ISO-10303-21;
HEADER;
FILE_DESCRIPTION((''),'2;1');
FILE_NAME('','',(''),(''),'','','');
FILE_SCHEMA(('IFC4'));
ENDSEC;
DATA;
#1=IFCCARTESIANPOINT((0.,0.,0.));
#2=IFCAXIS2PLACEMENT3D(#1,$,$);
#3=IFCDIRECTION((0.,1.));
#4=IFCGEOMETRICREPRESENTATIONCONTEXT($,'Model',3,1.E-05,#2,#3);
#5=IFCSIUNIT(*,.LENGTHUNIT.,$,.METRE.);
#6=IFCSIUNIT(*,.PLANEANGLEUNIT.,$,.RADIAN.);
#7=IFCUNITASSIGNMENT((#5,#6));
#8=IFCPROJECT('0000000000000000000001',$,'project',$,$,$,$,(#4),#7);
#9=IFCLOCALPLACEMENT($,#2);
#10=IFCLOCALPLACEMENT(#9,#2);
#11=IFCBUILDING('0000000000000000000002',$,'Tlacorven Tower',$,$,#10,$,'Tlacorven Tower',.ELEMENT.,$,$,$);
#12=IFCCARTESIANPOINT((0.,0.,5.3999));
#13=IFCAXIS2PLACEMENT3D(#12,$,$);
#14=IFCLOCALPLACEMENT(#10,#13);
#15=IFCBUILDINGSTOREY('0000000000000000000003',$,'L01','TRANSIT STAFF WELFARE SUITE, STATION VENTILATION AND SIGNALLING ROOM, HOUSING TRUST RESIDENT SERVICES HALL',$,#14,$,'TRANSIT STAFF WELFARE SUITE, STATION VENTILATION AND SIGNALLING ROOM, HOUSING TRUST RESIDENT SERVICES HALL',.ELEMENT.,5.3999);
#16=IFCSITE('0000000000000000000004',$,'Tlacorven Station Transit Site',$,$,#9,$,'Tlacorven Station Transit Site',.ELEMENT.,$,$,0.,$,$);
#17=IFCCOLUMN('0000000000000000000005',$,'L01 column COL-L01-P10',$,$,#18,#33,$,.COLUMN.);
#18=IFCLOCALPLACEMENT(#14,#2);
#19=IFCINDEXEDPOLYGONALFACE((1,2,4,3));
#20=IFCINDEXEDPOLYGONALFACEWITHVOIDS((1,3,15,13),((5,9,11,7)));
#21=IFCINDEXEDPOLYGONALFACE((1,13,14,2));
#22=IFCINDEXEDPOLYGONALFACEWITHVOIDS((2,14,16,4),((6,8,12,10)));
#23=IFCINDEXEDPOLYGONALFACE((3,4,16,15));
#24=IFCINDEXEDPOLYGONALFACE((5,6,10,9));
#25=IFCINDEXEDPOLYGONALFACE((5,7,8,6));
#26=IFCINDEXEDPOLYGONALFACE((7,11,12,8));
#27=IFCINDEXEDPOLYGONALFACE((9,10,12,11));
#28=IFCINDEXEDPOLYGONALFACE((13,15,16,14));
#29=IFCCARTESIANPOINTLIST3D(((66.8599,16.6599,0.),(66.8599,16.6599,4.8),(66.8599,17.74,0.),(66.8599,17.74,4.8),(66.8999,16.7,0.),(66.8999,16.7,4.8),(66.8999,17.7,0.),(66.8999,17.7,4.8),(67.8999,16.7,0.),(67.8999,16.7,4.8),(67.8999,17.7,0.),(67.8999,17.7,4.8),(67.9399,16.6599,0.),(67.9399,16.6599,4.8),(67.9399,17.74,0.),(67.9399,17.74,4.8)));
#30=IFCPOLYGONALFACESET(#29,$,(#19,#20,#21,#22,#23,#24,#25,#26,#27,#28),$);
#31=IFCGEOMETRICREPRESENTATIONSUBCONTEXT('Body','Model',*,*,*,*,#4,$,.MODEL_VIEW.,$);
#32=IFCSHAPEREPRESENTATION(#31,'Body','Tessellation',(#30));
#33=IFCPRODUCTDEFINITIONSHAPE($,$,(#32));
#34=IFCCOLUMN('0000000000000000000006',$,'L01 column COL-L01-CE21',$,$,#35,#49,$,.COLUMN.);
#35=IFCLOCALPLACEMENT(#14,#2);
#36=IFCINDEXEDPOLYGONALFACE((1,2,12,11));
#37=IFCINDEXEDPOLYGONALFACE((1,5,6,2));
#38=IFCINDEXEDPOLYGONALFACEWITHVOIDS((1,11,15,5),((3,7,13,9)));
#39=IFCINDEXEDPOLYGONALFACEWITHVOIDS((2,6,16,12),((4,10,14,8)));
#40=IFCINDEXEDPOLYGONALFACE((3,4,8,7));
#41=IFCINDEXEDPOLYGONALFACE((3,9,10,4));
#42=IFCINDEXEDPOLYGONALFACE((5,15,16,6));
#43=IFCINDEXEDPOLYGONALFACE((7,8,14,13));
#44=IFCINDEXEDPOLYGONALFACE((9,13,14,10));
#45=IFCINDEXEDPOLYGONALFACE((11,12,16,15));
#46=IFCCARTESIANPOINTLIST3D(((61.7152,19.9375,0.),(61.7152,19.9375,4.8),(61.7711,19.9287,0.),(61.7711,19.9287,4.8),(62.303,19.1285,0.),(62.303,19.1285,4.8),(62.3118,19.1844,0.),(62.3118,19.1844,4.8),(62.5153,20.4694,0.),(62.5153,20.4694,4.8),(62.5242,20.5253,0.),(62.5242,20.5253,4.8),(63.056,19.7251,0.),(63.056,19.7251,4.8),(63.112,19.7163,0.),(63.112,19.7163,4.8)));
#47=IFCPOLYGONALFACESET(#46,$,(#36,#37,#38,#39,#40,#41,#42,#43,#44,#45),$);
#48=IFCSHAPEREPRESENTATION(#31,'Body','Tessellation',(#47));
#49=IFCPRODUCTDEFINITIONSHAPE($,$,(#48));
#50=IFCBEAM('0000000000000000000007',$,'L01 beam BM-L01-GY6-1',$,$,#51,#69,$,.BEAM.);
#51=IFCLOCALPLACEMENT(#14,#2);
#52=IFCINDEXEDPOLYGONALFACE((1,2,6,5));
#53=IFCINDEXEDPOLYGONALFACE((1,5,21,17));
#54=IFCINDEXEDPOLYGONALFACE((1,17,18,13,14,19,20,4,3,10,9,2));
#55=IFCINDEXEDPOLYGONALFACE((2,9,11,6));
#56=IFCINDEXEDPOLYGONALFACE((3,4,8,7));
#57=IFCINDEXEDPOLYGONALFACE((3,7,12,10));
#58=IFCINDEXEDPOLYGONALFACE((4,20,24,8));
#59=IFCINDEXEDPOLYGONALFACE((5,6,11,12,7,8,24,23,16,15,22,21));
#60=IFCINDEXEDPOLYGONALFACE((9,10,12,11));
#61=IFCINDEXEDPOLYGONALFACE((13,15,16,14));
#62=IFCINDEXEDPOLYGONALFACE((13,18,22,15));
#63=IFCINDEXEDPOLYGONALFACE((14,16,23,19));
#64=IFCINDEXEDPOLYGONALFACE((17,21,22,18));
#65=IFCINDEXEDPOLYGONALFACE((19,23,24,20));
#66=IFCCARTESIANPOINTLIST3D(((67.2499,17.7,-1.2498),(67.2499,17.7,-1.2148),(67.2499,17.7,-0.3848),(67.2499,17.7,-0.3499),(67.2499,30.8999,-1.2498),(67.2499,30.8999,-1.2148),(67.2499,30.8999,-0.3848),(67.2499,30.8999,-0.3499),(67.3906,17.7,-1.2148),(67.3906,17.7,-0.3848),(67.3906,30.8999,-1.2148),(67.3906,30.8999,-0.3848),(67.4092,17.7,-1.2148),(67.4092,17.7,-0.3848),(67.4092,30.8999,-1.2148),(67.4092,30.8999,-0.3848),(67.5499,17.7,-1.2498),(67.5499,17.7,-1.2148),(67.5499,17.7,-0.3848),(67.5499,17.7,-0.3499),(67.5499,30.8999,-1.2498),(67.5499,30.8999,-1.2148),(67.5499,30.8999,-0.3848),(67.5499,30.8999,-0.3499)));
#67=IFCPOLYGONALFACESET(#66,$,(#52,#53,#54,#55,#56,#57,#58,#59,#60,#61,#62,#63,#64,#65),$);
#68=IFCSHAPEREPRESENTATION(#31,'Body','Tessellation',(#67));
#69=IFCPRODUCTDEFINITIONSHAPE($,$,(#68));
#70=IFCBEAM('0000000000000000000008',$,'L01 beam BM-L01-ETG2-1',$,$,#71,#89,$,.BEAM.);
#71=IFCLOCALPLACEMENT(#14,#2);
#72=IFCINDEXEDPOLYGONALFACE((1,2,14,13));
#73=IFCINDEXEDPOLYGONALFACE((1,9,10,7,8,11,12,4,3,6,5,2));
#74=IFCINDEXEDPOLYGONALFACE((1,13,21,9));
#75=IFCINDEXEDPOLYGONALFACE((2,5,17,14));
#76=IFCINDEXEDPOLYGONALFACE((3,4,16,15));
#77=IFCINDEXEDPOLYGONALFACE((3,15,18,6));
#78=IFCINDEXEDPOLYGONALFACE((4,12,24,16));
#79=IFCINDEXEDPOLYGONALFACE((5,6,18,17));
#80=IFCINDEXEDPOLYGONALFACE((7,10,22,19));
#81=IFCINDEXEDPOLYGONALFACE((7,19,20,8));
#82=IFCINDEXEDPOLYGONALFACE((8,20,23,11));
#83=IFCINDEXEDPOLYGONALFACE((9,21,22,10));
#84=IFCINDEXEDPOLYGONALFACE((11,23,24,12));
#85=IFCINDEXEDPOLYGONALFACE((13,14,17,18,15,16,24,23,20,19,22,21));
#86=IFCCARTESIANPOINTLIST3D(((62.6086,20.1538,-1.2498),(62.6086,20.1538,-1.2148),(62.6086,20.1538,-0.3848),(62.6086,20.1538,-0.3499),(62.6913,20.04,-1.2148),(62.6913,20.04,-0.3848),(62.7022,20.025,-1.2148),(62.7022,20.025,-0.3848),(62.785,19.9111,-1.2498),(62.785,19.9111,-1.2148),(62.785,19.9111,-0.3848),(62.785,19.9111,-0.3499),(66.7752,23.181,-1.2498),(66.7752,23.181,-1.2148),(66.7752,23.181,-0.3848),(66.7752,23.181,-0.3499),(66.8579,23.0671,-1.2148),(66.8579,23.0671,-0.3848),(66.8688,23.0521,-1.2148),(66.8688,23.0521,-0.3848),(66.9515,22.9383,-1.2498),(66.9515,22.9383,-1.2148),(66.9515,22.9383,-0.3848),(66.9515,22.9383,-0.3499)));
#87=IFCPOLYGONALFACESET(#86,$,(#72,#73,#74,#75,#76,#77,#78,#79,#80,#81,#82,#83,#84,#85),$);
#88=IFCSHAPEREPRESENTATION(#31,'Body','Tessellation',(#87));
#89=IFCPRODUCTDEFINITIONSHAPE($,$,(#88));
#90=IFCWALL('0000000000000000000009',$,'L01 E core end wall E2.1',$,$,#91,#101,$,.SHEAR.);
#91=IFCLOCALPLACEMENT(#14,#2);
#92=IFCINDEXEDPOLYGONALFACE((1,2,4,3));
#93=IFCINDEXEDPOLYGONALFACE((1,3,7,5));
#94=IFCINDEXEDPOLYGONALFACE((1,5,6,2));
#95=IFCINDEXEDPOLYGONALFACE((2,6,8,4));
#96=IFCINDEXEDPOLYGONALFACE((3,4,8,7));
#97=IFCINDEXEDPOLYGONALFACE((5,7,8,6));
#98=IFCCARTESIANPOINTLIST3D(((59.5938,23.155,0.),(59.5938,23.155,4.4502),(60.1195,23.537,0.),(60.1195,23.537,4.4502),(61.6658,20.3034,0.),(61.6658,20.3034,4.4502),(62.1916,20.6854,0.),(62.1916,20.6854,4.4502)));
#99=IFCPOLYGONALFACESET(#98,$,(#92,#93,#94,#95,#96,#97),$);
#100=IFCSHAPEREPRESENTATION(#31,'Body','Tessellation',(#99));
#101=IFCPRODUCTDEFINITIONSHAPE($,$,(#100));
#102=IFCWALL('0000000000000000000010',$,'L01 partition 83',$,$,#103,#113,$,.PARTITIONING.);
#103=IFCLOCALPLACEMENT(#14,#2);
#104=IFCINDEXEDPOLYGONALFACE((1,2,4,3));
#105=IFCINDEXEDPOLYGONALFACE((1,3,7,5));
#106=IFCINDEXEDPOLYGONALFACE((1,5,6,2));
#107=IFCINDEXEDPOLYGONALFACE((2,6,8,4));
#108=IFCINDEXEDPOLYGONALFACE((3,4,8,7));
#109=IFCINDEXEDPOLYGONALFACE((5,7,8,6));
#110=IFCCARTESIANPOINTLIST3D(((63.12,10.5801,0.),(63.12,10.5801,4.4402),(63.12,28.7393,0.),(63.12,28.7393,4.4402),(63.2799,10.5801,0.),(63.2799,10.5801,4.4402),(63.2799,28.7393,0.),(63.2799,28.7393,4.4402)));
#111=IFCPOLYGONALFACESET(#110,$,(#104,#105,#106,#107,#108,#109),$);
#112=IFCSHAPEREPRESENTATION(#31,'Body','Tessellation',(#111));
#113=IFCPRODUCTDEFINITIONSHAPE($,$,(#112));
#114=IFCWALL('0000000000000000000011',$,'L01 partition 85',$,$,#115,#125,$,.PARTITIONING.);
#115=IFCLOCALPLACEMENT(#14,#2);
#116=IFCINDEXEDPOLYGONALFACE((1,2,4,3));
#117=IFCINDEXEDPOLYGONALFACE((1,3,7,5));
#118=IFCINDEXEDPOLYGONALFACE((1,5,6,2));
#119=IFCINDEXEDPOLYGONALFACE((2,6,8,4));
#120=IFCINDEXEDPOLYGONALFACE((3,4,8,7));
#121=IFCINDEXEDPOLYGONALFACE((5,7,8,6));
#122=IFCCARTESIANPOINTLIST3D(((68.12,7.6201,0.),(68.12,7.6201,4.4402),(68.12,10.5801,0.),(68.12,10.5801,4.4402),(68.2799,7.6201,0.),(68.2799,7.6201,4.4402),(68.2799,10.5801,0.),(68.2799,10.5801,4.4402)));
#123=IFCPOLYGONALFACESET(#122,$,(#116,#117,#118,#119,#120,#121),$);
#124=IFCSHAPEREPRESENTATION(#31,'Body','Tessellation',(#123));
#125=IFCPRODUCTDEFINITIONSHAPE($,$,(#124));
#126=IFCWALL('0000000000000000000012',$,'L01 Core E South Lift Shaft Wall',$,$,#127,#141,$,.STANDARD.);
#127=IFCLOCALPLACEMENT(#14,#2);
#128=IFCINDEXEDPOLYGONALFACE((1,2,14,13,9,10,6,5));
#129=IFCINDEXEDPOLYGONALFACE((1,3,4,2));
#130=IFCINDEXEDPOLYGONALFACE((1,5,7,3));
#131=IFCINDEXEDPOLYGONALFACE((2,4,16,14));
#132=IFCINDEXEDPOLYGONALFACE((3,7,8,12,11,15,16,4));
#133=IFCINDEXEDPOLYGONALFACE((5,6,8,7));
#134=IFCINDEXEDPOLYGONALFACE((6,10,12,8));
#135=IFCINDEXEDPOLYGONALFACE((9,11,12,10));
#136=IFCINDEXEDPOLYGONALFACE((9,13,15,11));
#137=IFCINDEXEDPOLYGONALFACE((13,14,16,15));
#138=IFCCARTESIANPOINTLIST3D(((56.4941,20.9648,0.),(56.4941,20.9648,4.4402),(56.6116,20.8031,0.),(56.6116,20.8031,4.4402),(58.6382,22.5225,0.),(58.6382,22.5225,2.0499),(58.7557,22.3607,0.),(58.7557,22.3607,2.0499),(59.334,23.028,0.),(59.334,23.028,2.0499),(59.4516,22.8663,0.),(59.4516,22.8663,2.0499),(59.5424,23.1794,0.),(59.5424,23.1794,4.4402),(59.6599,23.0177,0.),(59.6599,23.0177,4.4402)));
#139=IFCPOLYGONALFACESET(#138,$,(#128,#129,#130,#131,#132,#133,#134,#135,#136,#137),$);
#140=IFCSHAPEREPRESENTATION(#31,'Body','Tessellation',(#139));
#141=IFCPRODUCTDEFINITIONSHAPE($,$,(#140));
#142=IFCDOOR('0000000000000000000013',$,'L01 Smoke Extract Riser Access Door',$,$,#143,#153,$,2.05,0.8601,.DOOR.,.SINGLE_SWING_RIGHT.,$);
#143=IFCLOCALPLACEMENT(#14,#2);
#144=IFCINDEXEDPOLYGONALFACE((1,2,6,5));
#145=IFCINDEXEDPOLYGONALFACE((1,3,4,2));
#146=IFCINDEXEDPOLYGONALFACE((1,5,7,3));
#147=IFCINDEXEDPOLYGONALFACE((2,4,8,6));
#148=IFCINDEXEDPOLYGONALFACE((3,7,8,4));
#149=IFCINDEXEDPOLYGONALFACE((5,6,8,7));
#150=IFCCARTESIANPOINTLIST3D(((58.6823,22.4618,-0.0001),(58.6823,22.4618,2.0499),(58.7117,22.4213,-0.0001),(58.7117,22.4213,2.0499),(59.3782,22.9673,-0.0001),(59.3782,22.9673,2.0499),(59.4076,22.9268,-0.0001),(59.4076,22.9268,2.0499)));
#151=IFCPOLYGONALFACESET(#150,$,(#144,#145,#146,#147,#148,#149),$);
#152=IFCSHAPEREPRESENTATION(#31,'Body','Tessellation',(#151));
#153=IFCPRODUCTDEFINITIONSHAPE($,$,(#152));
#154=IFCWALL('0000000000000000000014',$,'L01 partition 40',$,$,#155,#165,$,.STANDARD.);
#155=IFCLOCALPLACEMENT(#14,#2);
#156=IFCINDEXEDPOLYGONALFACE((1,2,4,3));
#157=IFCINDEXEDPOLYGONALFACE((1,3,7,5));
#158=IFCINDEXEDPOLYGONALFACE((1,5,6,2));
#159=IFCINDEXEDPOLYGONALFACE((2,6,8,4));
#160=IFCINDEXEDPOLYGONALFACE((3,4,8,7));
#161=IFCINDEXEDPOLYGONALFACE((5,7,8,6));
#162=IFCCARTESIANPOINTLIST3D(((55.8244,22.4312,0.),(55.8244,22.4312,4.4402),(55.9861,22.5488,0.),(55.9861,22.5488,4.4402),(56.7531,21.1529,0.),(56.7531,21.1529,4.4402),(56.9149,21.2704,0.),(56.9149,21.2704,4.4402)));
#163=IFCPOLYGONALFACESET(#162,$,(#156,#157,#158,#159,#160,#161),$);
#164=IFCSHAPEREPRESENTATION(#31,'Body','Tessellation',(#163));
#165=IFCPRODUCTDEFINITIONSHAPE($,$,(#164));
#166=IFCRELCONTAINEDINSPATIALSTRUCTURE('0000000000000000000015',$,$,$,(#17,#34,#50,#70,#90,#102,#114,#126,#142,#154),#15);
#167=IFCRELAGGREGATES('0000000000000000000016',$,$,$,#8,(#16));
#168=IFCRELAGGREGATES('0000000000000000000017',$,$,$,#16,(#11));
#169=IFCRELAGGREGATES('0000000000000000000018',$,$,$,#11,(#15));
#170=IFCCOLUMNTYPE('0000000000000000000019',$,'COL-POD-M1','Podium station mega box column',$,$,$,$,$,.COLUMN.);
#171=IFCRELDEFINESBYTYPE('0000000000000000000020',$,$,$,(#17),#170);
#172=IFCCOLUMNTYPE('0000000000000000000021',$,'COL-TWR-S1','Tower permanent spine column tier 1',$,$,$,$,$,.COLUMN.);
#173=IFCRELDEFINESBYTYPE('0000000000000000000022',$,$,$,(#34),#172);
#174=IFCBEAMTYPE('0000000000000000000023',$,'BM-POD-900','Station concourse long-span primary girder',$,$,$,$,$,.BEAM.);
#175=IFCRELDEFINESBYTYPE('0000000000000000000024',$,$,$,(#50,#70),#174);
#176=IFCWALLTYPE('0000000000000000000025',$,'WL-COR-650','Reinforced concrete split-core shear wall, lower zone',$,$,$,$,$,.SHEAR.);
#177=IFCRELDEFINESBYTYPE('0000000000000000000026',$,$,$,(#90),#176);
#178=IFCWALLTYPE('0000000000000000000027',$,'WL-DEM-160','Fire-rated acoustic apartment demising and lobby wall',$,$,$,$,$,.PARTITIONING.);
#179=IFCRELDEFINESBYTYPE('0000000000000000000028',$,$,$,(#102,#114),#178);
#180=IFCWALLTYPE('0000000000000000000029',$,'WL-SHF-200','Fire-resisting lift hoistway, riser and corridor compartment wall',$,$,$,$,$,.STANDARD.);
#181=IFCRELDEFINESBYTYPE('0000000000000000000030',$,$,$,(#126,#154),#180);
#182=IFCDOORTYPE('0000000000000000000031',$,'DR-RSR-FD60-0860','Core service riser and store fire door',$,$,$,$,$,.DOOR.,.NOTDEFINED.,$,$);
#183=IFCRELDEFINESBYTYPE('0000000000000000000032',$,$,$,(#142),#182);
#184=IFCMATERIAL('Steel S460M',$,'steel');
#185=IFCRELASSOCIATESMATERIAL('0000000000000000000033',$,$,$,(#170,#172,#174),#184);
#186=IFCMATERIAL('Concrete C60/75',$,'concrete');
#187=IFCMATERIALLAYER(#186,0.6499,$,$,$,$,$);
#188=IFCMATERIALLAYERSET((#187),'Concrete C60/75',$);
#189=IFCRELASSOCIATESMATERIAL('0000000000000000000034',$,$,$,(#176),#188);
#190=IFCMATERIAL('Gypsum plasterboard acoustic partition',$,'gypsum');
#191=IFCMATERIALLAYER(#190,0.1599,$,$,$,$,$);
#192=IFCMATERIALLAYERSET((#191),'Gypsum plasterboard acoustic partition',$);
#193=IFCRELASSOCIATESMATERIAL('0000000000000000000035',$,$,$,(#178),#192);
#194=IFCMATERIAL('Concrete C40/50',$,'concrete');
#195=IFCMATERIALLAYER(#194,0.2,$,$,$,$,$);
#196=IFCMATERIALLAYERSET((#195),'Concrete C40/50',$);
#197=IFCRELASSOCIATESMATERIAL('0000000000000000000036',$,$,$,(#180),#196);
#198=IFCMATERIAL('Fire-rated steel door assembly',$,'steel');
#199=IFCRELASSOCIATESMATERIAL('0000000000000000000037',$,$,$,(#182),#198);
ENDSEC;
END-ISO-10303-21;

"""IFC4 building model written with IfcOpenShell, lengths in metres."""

from ifc_helpers import new_model, si_unit, direction, frame, frame_2d, origin, origin_2d, place, context, subcontext, project, spatial, rectangle, hollow_rectangle, i_section, extrude, source, transform, mapped, material, layer, layer_set, material_profile, profile_set, type_object, element, fill, save


model = new_model("IFC4")

# Units and contexts
model_context = context("Model", 3, precision=1e-05, world=origin(), true_north=direction((0.0, 1.0)))
body_context = subcontext(model_context, "Body", "Model", "MODEL_VIEW")
ifc_project = project(units=[si_unit("LENGTHUNIT", "METRE"), si_unit("PLANEANGLEUNIT", "RADIAN")], contexts=[model_context])

# Site, building, storey
site_placement = place(None, origin())
site = spatial("IfcSite", under=ifc_project, at=site_placement, Name="Tlacorven Station Transit Site", LongName="Tlacorven Station Transit Site", CompositionType="ELEMENT", RefElevation=0.0)
building_placement = place(site_placement, origin())
building = spatial("IfcBuilding", under=site, at=building_placement, Name="Tlacorven Tower", LongName="Tlacorven Tower", CompositionType="ELEMENT")
storey_placement = place(building_placement, frame((0.0, 0.0, 5.3999)))
storey = spatial("IfcBuildingStorey", under=building, at=storey_placement, Name="L01", Description="TRANSIT STAFF WELFARE SUITE, STATION VENTILATION AND SIGNALLING ROOM, HOUSING TRUST RESIDENT SERVICES HALL", LongName="TRANSIT STAFF WELFARE SUITE, STATION VENTILATION AND SIGNALLING ROOM, HOUSING TRUST RESIDENT SERVICES HALL", CompositionType="ELEMENT", Elevation=5.3999)

# Columns
ifc_material_1 = material(Name="Steel S460M", Category="steel")
ifc_material_profile_1 = material_profile(ifc_material_1, hollow_rectangle(XDim=1.0801, YDim=1.0801, WallThickness=0.04, at=origin_2d()), Name="BOX 1080X1080X40")
ifc_profile_set_1 = profile_set([ifc_material_profile_1], Name="Steel S460M")
column_type_1 = type_object("IfcColumnType", Name="COL-POD-M1", Description="Podium station mega box column", PredefinedType="COLUMN", material=ifc_profile_set_1)
shared_shape_1 = source(origin(), body_context, "Body", "SweptSolid", [
    extrude(hollow_rectangle(XDim=1.0801, YDim=1.0801, WallThickness=0.04, at=origin_2d()), origin(), (0.0, 0.0, 1.0), 4.8),
])
column_1_placement = place(storey_placement, frame((67.3999, 17.2, 0.0), z_axis=(0.0, 0.0, 1.0), x_axis=(1.0, 0.0, 0.0)))
element("IfcColumn", 1, at=column_1_placement, inside=storey, type_object=column_type_1, Name="L01 column COL-L01-P10", PredefinedType="COLUMN", context=body_context, shape_type="MappedRepresentation", body=[
    mapped(shared_shape_1, transform((0.0, 0.0, 0.0), scale=1.0)),
])
ifc_material_profile_2 = material_profile(ifc_material_1, hollow_rectangle(XDim=1.0, YDim=1.0, WallThickness=0.04, at=origin_2d()), Name="BOX 1000X1000X40")
ifc_profile_set_2 = profile_set([ifc_material_profile_2], Name="Steel S460M")
column_type_2 = type_object("IfcColumnType", Name="COL-TWR-S1", Description="Tower permanent spine column tier 1", PredefinedType="COLUMN", material=ifc_profile_set_2)
shared_shape_2 = source(origin(), body_context, "Body", "SweptSolid", [
    extrude(hollow_rectangle(XDim=1.0, YDim=1.0, WallThickness=0.04, at=origin_2d()), origin(), (0.0, 0.0, 1.0), 4.8),
])
column_2_placement = place(storey_placement, frame((62.4136, 19.8269, 0.0), z_axis=(0.0, 0.0, 1.0), x_axis=(0.809017, 0.587785, 0.0)))
element("IfcColumn", 2, at=column_2_placement, inside=storey, type_object=column_type_2, Name="L01 column COL-L01-CE21", PredefinedType="COLUMN", context=body_context, shape_type="MappedRepresentation", body=[
    mapped(shared_shape_2, transform((0.0, 0.0, 0.0), scale=1.0)),
])

# Beams
ifc_material_profile_3 = material_profile(ifc_material_1, i_section(OverallWidth=0.3, OverallDepth=0.8999, WebThickness=0.0186, FlangeThickness=0.0349, at=origin_2d()), Name="HEB 900")
ifc_profile_set_3 = profile_set([ifc_material_profile_3], Name="Steel S460M")
beam_type = type_object("IfcBeamType", Name="BM-POD-900", Description="Station concourse long-span primary girder", PredefinedType="BEAM", material=ifc_profile_set_3)
shared_shape_3 = source(origin(), body_context, "Body", "SweptSolid", [
    extrude(i_section(OverallWidth=0.3, OverallDepth=0.8999, WebThickness=0.0186, FlangeThickness=0.0349, at=origin_2d()), origin(), (0.0, 0.0, 1.0), 13.2),
])
beam_1_placement = place(storey_placement, frame((67.3999, 17.7, -0.7998), z_axis=(0.0, 1.0, 0.0), x_axis=(-1.0, 0.0, 0.0)))
element("IfcBeam", 3, at=beam_1_placement, inside=storey, type_object=beam_type, Name="L01 beam BM-L01-GY6-1", PredefinedType="BEAM", context=body_context, shape_type="MappedRepresentation", body=[
    mapped(shared_shape_3, transform((0.0, 0.0, 0.0), scale=1.0)),
])
shared_shape_4 = source(origin(), body_context, "Body", "SweptSolid", [
    extrude(i_section(OverallWidth=0.3, OverallDepth=0.8999, WebThickness=0.0186, FlangeThickness=0.0349, at=origin_2d()), origin(), (0.0, 0.0, 1.0), 5.1501),
])
beam_2_placement = place(storey_placement, frame((62.6968, 20.0325, -0.7998), z_axis=(0.809021, 0.58778, 0.0), x_axis=(-0.58778, 0.809021, 0.0)))
element("IfcBeam", 4, at=beam_2_placement, inside=storey, type_object=beam_type, Name="L01 beam BM-L01-ETG2-1", PredefinedType="BEAM", context=body_context, shape_type="MappedRepresentation", body=[
    mapped(shared_shape_4, transform((0.0, 0.0, 0.0), scale=1.0)),
])

# Walls
ifc_material_2 = material(Name="Concrete C60/75", Category="concrete")
ifc_layer_1 = layer(ifc_material_2, 0.6499)
ifc_layer_set_1 = layer_set([ifc_layer_1], Name="Concrete C60/75")
wall_type_1 = type_object("IfcWallType", Name="WL-COR-650", Description="Reinforced concrete split-core shear wall, lower zone", PredefinedType="SHEAR", material=ifc_layer_set_1)
wall_1_placement = place(storey_placement, frame((61.9287, 20.4944, 0.0), z_axis=(0.0, 0.0, 1.0), x_axis=(-0.58783, 0.808985, 0.0)))
element("IfcWall", 5, at=wall_1_placement, inside=storey, type_object=wall_type_1, Name="L01 E core end wall E2.1", PredefinedType="SHEAR", context=body_context, shape_type="SweptSolid", body=[
    extrude(rectangle(XDim=3.5249, YDim=0.6499, at=frame_2d((1.7625, 0.0))), origin(), (0.0, 0.0, 1.0), 4.4502),
])
ifc_material_3 = material(Name="Gypsum plasterboard acoustic partition", Category="gypsum")
ifc_layer_2 = layer(ifc_material_3, 0.1599)
ifc_layer_set_2 = layer_set([ifc_layer_2], Name="Gypsum plasterboard acoustic partition")
wall_type_2 = type_object("IfcWallType", Name="WL-DEM-160", Description="Fire-rated acoustic apartment demising and lobby wall", PredefinedType="PARTITIONING", material=ifc_layer_set_2)
wall_2_placement = place(storey_placement, frame((63.2, 10.5801, 0.0), z_axis=(0.0, 0.0, 1.0), x_axis=(0.0, 1.0, 0.0)))
element("IfcWall", 6, at=wall_2_placement, inside=storey, type_object=wall_type_2, Name="L01 partition 83", PredefinedType="PARTITIONING", context=body_context, shape_type="SweptSolid", body=[
    extrude(rectangle(XDim=18.1592, YDim=0.1599, at=frame_2d((9.0796, 0.0))), origin(), (0.0, 0.0, 1.0), 4.4402),
])
wall_3_placement = place(storey_placement, frame((68.2, 7.6201, 0.0), z_axis=(0.0, 0.0, 1.0), x_axis=(0.0, 1.0, 0.0)))
element("IfcWall", 7, at=wall_3_placement, inside=storey, type_object=wall_type_2, Name="L01 partition 85", PredefinedType="PARTITIONING", context=body_context, shape_type="SweptSolid", body=[
    extrude(rectangle(XDim=2.96, YDim=0.1599, at=frame_2d((1.48, 0.0))), origin(), (0.0, 0.0, 1.0), 4.4402),
])

# Wall, opening, door
ifc_material_4 = material(Name="Concrete C40/50", Category="concrete")
ifc_layer_3 = layer(ifc_material_4, 0.2)
ifc_layer_set_3 = layer_set([ifc_layer_3], Name="Concrete C40/50")
wall_type_3 = type_object("IfcWallType", Name="WL-SHF-200", Description="Fire-resisting lift hoistway, riser and corridor compartment wall", PredefinedType="STANDARD", material=ifc_layer_set_3)
wall_4_placement = place(storey_placement, frame((56.553, 20.884, 0.0), z_axis=(0.0, 0.0, 1.0), x_axis=(0.809036, 0.587759, 0.0)))
wall_4 = element("IfcWall", 8, at=wall_4_placement, inside=storey, type_object=wall_type_3, Name="L01 Core E South Lift Shaft Wall", PredefinedType="STANDARD", context=body_context, shape_type="SweptSolid", body=[
    extrude(rectangle(XDim=3.7678, YDim=0.2, at=frame_2d((1.8838, 0.0))), origin(), (0.0, 0.0, 1.0), 4.4402),
])
opening_placement = place(wall_4_placement, frame((2.6499, 0.0, 0.0)))
opening = element("IfcOpeningElement", 9, at=opening_placement, cuts=wall_4, PredefinedType="OPENING", context=body_context, shape_type="SweptSolid", body=[
    extrude(rectangle(XDim=0.8601, YDim=2.05, at=frame_2d((0.4302, 1.0249))), frame((0.0, 0.1099, 0.0), z_axis=(0.0, -1.0, 0.0), x_axis=(1.0, 0.0, 0.0)), (0.0, 0.0, 1.0), 0.22),
])
ifc_material_5 = material(Name="Fire-rated steel door assembly", Category="steel")
door_type = type_object("IfcDoorType", Name="DR-RSR-FD60-0860", Description="Core service riser and store fire door", OperationType="NOTDEFINED", PredefinedType="DOOR", material=ifc_material_5)
shared_shape_5 = source(origin(), body_context, "Body", "SweptSolid", [
    extrude(rectangle(XDim=0.8601, YDim=2.05, at=frame_2d((0.4302, 1.0249))), frame((0.0, 0.0249, 0.0), z_axis=(0.0, -1.0, 0.0), x_axis=(1.0, 0.0, 0.0)), (0.0, 0.0, 1.0), 0.05),
])
door_placement = place(opening_placement, origin())
door = element("IfcDoor", 10, at=door_placement, inside=storey, type_object=door_type, Name="L01 Smoke Extract Riser Access Door", OperationType="SINGLE_SWING_RIGHT", OverallHeight=2.05, OverallWidth=0.8601, PredefinedType="DOOR", context=body_context, shape_type="MappedRepresentation", body=[
    mapped(shared_shape_5, transform((0.0, 0.0, 0.0), scale=1.0)),
])
fill(opening, door)

# Wall
wall_5_placement = place(storey_placement, frame((56.834, 21.2117, 0.0), z_axis=(0.0, 0.0, 1.0), x_axis=(-0.587767, 0.80903, 0.0)))
element("IfcWall", 11, at=wall_5_placement, inside=storey, type_object=wall_type_3, Name="L01 partition 40", PredefinedType="STANDARD", context=body_context, shape_type="SweptSolid", body=[
    extrude(rectangle(XDim=1.5801, YDim=0.2, at=frame_2d((0.79, 0.0))), origin(), (0.0, 0.0, 1.0), 4.4402),
])

save(model, "model.ifc")
